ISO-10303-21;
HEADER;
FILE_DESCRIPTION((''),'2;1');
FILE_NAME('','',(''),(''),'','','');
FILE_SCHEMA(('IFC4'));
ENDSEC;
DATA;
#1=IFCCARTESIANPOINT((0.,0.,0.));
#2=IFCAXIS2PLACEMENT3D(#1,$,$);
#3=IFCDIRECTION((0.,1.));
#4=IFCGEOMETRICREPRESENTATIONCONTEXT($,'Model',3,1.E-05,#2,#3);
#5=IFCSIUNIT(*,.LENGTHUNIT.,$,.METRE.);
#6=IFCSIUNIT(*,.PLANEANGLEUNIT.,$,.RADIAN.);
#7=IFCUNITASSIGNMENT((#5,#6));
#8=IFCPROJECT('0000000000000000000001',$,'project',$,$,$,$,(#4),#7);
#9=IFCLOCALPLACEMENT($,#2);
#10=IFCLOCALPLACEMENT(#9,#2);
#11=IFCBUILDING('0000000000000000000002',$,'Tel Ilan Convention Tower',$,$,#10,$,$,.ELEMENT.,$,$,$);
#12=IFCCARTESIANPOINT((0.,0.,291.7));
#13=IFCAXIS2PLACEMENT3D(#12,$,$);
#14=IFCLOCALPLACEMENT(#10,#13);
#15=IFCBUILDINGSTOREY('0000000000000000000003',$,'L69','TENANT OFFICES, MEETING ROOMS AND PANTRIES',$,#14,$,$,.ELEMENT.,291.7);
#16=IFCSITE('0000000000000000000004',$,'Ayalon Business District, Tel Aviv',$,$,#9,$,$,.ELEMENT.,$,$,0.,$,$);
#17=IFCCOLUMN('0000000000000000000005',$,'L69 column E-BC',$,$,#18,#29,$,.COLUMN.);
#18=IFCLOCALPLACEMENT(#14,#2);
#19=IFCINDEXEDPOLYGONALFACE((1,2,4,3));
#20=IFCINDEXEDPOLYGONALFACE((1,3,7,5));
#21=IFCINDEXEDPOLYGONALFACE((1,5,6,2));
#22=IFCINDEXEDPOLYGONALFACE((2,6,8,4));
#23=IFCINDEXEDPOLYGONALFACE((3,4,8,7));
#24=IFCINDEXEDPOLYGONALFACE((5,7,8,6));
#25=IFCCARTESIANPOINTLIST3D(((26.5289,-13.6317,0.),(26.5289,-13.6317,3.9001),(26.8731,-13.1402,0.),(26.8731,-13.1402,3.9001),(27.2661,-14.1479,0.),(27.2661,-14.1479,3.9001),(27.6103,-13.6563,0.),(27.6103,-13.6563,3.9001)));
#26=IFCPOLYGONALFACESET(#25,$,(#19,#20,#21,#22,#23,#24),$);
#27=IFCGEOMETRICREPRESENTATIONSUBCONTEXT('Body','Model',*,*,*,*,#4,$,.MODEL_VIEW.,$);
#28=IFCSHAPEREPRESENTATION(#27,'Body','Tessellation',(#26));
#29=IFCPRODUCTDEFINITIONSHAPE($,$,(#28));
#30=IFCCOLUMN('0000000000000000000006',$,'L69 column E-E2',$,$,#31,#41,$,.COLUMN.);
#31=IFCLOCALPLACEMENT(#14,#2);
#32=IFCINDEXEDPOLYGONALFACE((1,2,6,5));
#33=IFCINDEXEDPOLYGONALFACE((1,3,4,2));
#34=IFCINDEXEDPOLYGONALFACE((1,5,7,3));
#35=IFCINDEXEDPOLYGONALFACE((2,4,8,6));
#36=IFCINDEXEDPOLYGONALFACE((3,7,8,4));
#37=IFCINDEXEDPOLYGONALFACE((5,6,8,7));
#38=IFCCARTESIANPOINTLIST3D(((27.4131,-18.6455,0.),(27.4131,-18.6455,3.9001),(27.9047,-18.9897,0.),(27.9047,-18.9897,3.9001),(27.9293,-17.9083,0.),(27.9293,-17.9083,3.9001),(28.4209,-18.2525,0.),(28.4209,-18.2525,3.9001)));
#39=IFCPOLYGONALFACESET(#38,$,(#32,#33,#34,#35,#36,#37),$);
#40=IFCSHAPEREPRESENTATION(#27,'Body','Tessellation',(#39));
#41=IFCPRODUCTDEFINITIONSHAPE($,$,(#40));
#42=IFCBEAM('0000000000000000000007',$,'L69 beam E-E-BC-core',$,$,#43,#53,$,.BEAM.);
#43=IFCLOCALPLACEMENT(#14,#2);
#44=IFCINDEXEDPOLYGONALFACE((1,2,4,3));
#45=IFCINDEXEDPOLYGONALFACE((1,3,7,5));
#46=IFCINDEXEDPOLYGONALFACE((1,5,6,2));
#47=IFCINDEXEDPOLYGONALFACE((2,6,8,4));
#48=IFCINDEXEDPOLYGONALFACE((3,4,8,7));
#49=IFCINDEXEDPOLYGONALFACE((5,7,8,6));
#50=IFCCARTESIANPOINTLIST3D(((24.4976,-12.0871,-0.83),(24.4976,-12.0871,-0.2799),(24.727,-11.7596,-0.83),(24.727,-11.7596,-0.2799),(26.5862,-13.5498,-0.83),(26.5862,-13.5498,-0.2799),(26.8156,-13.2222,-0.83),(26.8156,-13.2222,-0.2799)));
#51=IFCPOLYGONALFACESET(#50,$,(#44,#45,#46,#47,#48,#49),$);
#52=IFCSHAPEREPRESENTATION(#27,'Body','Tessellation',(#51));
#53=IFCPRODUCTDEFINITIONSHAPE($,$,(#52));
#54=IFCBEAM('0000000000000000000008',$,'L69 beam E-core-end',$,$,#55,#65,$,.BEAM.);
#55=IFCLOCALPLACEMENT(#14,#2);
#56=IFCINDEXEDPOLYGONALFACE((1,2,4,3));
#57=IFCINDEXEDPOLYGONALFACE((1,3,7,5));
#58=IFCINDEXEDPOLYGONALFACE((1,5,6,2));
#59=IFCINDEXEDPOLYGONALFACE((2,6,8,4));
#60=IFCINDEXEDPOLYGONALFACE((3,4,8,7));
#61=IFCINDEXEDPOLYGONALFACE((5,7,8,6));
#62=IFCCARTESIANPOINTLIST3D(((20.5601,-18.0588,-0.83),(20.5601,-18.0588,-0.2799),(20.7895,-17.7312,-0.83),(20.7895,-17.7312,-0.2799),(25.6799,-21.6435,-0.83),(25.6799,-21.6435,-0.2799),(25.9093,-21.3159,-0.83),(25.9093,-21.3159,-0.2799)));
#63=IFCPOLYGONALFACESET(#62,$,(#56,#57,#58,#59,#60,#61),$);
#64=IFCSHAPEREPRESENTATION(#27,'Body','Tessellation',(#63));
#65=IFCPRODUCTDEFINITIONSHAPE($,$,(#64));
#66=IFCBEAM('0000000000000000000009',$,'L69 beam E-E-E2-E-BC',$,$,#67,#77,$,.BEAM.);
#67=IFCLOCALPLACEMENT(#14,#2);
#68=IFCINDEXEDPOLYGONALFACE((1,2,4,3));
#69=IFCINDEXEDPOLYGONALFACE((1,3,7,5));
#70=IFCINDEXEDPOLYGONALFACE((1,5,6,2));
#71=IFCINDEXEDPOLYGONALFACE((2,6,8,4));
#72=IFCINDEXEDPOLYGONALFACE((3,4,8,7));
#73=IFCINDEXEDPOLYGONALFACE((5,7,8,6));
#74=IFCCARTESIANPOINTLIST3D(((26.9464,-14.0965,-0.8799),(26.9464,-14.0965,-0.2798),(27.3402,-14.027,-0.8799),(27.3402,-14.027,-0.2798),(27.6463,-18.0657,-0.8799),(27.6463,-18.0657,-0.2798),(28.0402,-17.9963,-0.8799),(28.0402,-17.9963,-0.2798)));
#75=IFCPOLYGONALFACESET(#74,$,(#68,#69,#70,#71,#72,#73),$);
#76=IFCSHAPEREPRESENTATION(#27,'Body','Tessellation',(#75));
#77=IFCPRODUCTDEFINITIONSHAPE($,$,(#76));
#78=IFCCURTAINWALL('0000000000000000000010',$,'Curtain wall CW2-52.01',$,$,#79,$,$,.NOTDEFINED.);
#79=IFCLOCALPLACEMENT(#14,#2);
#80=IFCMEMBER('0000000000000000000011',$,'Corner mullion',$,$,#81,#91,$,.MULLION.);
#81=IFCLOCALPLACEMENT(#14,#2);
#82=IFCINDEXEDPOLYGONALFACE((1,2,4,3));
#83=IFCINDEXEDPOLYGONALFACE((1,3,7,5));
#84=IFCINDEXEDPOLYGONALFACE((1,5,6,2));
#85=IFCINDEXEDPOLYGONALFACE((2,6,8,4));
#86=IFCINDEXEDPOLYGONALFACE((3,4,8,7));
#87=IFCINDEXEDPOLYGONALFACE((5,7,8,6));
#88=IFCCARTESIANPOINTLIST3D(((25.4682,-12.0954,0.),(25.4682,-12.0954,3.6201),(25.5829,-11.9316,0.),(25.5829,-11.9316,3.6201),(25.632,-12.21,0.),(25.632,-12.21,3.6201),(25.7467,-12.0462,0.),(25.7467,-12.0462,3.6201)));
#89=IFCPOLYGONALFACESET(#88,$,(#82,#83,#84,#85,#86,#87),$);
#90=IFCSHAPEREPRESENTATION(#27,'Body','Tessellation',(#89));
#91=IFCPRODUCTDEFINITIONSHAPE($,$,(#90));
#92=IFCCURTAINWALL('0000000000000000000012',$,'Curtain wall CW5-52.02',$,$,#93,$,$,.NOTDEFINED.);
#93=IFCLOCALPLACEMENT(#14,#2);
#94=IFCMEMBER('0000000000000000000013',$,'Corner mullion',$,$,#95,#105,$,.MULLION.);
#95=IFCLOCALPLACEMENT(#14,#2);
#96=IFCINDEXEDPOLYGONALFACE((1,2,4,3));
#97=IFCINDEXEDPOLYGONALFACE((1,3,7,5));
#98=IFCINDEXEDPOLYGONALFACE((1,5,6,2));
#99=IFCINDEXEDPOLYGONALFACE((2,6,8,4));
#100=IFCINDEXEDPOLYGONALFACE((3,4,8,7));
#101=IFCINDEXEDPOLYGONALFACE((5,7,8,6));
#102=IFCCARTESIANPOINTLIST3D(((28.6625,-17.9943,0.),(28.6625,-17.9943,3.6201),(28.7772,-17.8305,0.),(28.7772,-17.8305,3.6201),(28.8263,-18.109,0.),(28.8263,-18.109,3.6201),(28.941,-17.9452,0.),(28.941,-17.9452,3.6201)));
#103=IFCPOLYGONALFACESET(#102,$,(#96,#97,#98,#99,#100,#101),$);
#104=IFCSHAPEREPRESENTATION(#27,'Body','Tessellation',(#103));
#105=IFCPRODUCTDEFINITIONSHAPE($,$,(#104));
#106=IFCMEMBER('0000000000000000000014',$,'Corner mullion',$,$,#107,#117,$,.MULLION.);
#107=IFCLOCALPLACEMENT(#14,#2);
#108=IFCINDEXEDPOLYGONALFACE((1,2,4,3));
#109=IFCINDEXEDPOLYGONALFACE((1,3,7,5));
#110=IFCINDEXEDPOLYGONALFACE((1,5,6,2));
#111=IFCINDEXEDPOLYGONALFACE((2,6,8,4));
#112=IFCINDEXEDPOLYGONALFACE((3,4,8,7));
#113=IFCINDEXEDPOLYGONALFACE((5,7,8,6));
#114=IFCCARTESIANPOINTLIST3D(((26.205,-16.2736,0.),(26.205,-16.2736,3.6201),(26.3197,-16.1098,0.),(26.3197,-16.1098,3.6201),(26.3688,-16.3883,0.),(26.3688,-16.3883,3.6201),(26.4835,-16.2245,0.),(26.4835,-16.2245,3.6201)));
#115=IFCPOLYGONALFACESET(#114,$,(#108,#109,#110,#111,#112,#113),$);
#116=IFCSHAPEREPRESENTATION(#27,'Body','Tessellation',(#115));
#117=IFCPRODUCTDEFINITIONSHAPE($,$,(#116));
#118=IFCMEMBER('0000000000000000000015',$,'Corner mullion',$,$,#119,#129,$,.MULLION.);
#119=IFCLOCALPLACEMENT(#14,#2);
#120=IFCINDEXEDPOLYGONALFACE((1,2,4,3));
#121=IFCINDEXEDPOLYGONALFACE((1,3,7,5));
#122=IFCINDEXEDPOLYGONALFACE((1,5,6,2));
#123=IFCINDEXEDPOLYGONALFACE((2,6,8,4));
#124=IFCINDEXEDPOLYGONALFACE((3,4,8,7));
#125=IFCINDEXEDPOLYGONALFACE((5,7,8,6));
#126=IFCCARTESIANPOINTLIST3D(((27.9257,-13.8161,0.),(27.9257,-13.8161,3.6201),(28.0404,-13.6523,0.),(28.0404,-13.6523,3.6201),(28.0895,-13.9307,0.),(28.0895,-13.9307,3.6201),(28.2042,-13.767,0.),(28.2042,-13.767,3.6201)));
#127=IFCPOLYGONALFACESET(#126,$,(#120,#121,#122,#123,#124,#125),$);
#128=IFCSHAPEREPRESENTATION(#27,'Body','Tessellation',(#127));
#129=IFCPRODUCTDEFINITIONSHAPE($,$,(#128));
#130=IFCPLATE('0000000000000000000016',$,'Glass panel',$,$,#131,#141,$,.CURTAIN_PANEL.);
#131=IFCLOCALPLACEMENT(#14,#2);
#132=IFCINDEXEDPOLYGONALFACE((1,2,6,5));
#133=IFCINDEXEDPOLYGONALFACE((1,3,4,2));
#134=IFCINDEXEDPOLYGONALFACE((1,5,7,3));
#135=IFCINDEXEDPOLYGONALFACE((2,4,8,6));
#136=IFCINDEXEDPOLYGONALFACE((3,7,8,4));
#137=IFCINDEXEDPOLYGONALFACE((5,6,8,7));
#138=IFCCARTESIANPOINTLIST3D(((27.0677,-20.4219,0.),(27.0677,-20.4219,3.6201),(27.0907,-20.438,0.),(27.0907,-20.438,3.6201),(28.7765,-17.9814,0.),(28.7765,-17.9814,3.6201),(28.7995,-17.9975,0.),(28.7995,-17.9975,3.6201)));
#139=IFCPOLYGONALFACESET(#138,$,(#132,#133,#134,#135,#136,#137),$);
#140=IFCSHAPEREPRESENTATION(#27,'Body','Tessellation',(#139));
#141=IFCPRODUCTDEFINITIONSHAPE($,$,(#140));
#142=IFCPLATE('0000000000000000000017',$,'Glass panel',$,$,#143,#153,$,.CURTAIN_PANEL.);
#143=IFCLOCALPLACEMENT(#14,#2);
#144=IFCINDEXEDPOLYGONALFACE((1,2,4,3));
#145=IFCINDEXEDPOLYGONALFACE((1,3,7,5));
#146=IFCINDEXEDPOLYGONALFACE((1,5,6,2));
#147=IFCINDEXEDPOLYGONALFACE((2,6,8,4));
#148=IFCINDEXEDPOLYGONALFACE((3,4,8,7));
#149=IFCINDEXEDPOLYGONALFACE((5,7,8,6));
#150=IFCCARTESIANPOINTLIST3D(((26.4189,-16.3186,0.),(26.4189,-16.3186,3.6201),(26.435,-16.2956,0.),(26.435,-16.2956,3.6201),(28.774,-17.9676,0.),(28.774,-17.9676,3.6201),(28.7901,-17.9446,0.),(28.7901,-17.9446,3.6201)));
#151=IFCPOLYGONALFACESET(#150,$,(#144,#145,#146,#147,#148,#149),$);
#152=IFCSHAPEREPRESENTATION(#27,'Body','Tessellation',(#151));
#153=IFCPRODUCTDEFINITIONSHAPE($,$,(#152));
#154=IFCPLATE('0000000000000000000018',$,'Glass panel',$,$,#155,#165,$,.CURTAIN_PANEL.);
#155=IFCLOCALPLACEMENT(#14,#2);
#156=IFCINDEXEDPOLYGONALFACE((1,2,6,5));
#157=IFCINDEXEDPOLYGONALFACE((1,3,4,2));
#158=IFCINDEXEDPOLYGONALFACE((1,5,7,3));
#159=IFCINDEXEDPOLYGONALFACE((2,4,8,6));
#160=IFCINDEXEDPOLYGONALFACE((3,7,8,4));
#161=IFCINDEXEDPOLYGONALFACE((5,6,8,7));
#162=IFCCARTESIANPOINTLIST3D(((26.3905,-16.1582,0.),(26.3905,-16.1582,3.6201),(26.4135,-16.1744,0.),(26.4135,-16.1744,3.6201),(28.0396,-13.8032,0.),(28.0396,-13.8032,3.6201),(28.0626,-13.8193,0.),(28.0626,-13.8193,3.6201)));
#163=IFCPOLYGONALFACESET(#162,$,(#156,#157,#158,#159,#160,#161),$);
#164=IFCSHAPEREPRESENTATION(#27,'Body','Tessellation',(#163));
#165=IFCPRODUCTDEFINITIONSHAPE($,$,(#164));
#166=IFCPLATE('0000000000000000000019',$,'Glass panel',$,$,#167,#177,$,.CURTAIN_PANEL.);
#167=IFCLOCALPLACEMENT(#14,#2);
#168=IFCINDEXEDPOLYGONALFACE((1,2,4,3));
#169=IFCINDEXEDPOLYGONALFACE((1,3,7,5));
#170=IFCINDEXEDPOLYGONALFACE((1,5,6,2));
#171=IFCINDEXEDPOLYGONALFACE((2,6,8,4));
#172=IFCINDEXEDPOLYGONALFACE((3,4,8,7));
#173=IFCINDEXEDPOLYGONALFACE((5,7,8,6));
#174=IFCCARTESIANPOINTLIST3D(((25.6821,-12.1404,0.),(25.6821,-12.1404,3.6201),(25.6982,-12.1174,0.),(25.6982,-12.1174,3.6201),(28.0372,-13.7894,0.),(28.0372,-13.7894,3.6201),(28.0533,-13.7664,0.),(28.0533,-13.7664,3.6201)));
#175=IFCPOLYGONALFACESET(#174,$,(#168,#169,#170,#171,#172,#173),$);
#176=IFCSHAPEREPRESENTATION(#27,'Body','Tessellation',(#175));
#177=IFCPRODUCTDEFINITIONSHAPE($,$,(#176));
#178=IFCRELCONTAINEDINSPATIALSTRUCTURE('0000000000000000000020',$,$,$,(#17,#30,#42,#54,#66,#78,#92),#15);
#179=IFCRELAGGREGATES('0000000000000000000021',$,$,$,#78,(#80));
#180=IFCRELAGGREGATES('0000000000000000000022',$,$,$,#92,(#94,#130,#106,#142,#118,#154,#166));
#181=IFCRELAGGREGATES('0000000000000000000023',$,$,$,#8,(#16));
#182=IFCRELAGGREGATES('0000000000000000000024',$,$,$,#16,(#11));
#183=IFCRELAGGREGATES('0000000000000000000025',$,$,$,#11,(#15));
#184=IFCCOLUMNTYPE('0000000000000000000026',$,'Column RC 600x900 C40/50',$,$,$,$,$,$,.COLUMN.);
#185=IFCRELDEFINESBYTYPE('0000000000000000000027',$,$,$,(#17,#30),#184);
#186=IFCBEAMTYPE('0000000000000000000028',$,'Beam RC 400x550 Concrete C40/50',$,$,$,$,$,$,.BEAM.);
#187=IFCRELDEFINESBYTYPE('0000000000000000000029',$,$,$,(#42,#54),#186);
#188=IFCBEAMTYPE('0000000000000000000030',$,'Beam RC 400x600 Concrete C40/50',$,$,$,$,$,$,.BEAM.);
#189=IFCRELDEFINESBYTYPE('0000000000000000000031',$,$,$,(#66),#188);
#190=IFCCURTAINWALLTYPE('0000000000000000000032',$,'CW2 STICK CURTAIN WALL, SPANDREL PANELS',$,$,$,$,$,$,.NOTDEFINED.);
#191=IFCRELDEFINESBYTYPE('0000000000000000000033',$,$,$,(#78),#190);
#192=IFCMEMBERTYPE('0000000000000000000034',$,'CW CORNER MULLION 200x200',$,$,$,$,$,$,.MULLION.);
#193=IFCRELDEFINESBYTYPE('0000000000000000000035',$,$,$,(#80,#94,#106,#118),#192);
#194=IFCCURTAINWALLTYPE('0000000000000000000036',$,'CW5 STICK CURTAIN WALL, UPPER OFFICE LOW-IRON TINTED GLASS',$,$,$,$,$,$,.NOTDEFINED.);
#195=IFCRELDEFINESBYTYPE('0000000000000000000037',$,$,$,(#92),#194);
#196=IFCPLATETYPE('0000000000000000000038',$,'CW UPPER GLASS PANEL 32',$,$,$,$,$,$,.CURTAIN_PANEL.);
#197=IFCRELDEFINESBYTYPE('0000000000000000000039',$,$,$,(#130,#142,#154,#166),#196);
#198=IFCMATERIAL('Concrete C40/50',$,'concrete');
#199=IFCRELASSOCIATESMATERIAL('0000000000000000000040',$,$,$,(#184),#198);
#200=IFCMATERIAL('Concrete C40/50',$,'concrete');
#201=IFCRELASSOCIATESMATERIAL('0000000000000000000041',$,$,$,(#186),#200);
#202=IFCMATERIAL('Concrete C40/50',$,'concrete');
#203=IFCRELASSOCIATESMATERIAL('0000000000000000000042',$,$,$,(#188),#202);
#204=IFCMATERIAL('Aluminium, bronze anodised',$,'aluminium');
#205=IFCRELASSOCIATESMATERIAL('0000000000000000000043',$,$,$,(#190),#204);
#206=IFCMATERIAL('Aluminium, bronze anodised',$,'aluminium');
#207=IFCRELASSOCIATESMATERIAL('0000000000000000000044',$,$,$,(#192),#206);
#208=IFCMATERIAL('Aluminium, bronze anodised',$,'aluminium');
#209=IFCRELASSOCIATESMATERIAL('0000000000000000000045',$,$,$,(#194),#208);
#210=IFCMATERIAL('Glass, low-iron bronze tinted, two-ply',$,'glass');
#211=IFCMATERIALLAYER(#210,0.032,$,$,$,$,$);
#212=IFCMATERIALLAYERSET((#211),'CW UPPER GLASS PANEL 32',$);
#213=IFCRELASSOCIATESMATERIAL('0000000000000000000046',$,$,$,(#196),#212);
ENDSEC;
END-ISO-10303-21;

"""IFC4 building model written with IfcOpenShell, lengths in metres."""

from ifc_helpers import new_model, si_unit, direction, frame, origin, origin_2d, place, context, subcontext, project, spatial, rectangle, extrude, material, layer, layer_set, material_profile, profile_set, type_object, element, aggregate, save


model = new_model("IFC4")

# Units and contexts
model_context = context("Model", 3, precision=1e-05, world=origin(), true_north=direction((0.0, 1.0)))
body_context = subcontext(model_context, "Body", "Model", "MODEL_VIEW")
ifc_project = project(units=[si_unit("LENGTHUNIT", "METRE"), si_unit("PLANEANGLEUNIT", "RADIAN")], contexts=[model_context])

# Site, building, storey
site_placement = place(None, origin())
site = spatial("IfcSite", under=ifc_project, at=site_placement, Name="Ayalon Business District, Tel Aviv", CompositionType="ELEMENT", RefElevation=0.0)
building_placement = place(site_placement, origin())
building = spatial("IfcBuilding", under=site, at=building_placement, Name="Tel Ilan Convention Tower", CompositionType="ELEMENT")
storey_placement = place(building_placement, frame((0.0, 0.0, 291.7)))
storey = spatial("IfcBuildingStorey", under=building, at=storey_placement, Name="L69", Description="TENANT OFFICES, MEETING ROOMS AND PANTRIES", CompositionType="ELEMENT", Elevation=291.7)

# Columns
ifc_material_1 = material(Name="Concrete C40/50", Category="concrete")
ifc_material_profile_1 = material_profile(ifc_material_1, rectangle(XDim=0.8999, YDim=0.6001, at=origin_2d()), Name="RC 600x900")
ifc_profile_set_1 = profile_set([ifc_material_profile_1], Name="Concrete C40/50")
column_type = type_object("IfcColumnType", Name="Column RC 600x900 C40/50", PredefinedType="COLUMN", material=ifc_profile_set_1)
for number, where, z_axis, x_axis, name in (
    (1, (27.0696, -13.644, 0.0), (0.0, 0.0, 1.0), (0.819152, -0.573576, 0.0), "L69 column E-BC"),
    (2, (27.917, -18.449, 0.0), (0.0, 0.0, 1.0), (0.573576, 0.819152, 0.0), "L69 column E-E2"),
):
    element("IfcColumn", number, at=place(storey_placement, frame(where, z_axis=z_axis, x_axis=x_axis)), inside=storey, type_object=column_type, Name=name, PredefinedType="COLUMN", context=body_context, shape_type="SweptSolid", body=[
        extrude(rectangle(XDim=0.8999, YDim=0.6001, at=origin_2d()), origin(), (0.0, 0.0, 1.0), 3.9001),
    ])

# Beams
ifc_material_2 = material(Name="Concrete C40/50", Category="concrete")
ifc_material_profile_2 = material_profile(ifc_material_2, rectangle(XDim=0.3999, YDim=0.55, at=origin_2d()), Name="RC 400x550")
ifc_profile_set_2 = profile_set([ifc_material_profile_2], Name="Concrete C40/50")
beam_type_1 = type_object("IfcBeamType", Name="Beam RC 400x550 Concrete C40/50", PredefinedType="BEAM", material=ifc_profile_set_2)
beam_1_placement = place(storey_placement, frame((26.7009, -13.386, -0.5549), z_axis=(-0.819119, 0.573623, 0.0), x_axis=(-0.573623, -0.819119, 0.0)))
element("IfcBeam", 3, at=beam_1_placement, inside=storey, type_object=beam_type_1, Name="L69 beam E-E-BC-core", PredefinedType="BEAM", context=body_context, shape_type="SweptSolid", body=[
    extrude(rectangle(XDim=0.3999, YDim=0.55, at=origin_2d()), origin(), (0.0, 0.0, 1.0), 2.5498),
])
beam_2_placement = place(storey_placement, frame((20.6748, -17.895, -0.5549), z_axis=(0.819171, -0.573549, 0.0), x_axis=(0.573549, 0.819171, 0.0)))
element("IfcBeam", 4, at=beam_2_placement, inside=storey, type_object=beam_type_1, Name="L69 beam E-core-end", PredefinedType="BEAM", context=body_context, shape_type="SweptSolid", body=[
    extrude(rectangle(XDim=0.3999, YDim=0.55, at=origin_2d()), origin(), (0.0, 0.0, 1.0), 6.25),
])
ifc_material_3 = material(Name="Concrete C40/50", Category="concrete")
ifc_material_profile_3 = material_profile(ifc_material_3, rectangle(XDim=0.3999, YDim=0.6001, at=origin_2d()), Name="RC 400x600")
ifc_profile_set_3 = profile_set([ifc_material_profile_3], Name="Concrete C40/50")
beam_type_2 = type_object("IfcBeamType", Name="Beam RC 400x600 Concrete C40/50", PredefinedType="BEAM", material=ifc_profile_set_3)
beam_3_placement = place(storey_placement, frame((27.8433, -18.031, -0.5798), z_axis=(-0.173664, 0.984805, 0.0), x_axis=(-0.984805, -0.173664, 0.0)))
element("IfcBeam", 5, at=beam_3_placement, inside=storey, type_object=beam_type_2, Name="L69 beam E-E-E2-E-BC", PredefinedType="BEAM", context=body_context, shape_type="SweptSolid", body=[
    extrude(rectangle(XDim=0.3999, YDim=0.6001, at=origin_2d()), origin(), (0.0, 0.0, 1.0), 4.0305),
])

# Curtain wall, member
ifc_material_4 = material(Name="Aluminium, bronze anodised", Category="aluminium")
curtain_wall_type_1 = type_object("IfcCurtainWallType", Name="CW2 STICK CURTAIN WALL, SPANDREL PANELS", PredefinedType="NOTDEFINED", material=ifc_material_4)
curtain_wall_1_placement = place(storey_placement, origin())
curtain_wall_1 = element("IfcCurtainWall", 6, at=curtain_wall_1_placement, inside=storey, type_object=curtain_wall_type_1, Name="Curtain wall CW2-52.01", PredefinedType="NOTDEFINED")
ifc_material_5 = material(Name="Aluminium, bronze anodised", Category="aluminium")
ifc_material_profile_4 = material_profile(ifc_material_5, rectangle(XDim=0.2, YDim=0.2, at=origin_2d()), Name="CW CORNER MULLION 200x200")
ifc_profile_set_4 = profile_set([ifc_material_profile_4], Name="Aluminium, bronze anodised")
member_type = type_object("IfcMemberType", Name="CW CORNER MULLION 200x200", PredefinedType="MULLION", material=ifc_profile_set_4)
member_1_placement = place(storey_placement, frame((25.6074, -12.0708, 0.0), z_axis=(0.0, 0.0, 1.0), x_axis=(-0.819152, 0.573576, 0.0)))
member_1 = element("IfcMember", 7, at=member_1_placement, type_object=member_type, Name="Corner mullion", PredefinedType="MULLION", context=body_context, shape_type="SweptSolid", body=[
    extrude(rectangle(XDim=0.2, YDim=0.2, at=origin_2d()), origin(), (0.0, 0.0, 1.0), 3.6201),
])
aggregate(curtain_wall_1, [member_1])

# Curtain wall, members, plates
ifc_material_6 = material(Name="Aluminium, bronze anodised", Category="aluminium")
curtain_wall_type_2 = type_object("IfcCurtainWallType", Name="CW5 STICK CURTAIN WALL, UPPER OFFICE LOW-IRON TINTED GLASS", PredefinedType="NOTDEFINED", material=ifc_material_6)
curtain_wall_2_placement = place(storey_placement, origin())
curtain_wall_2 = element("IfcCurtainWall", 8, at=curtain_wall_2_placement, inside=storey, type_object=curtain_wall_type_2, Name="Curtain wall CW5-52.02", PredefinedType="NOTDEFINED")
member_2_placement = place(storey_placement, frame((28.8018, -17.9697, 0.0), z_axis=(0.0, 0.0, 1.0), x_axis=(0.573576, 0.819152, 0.0)))
member_2 = element("IfcMember", 9, at=member_2_placement, type_object=member_type, Name="Corner mullion", PredefinedType="MULLION", context=body_context, shape_type="SweptSolid", body=[
    extrude(rectangle(XDim=0.2, YDim=0.2, at=origin_2d()), origin(), (0.0, 0.0, 1.0), 3.6201),
])
member_3_placement = place(storey_placement, frame((26.3442, -16.249, 0.0), z_axis=(0.0, 0.0, 1.0), x_axis=(-0.819152, 0.573576, 0.0)))
member_3 = element("IfcMember", 10, at=member_3_placement, type_object=member_type, Name="Corner mullion", PredefinedType="MULLION", context=body_context, shape_type="SweptSolid", body=[
    extrude(rectangle(XDim=0.2, YDim=0.2, at=origin_2d()), origin(), (0.0, 0.0, 1.0), 3.6201),
])
member_4_placement = place(storey_placement, frame((28.0649, -13.7915, 0.0), z_axis=(0.0, 0.0, 1.0), x_axis=(0.573576, 0.819152, 0.0)))
member_4 = element("IfcMember", 11, at=member_4_placement, type_object=member_type, Name="Corner mullion", PredefinedType="MULLION", context=body_context, shape_type="SweptSolid", body=[
    extrude(rectangle(XDim=0.2, YDim=0.2, at=origin_2d()), origin(), (0.0, 0.0, 1.0), 3.6201),
])
ifc_material_7 = material(Name="Glass, low-iron bronze tinted, two-ply", Category="glass")
ifc_layer_1 = layer(ifc_material_7, 0.032)
ifc_layer_set_1 = layer_set([ifc_layer_1], Name="CW UPPER GLASS PANEL 32")
plate_type = type_object("IfcPlateType", Name="CW UPPER GLASS PANEL 32", PredefinedType="CURTAIN_PANEL", material=ifc_layer_set_1)
plate_1_placement = place(storey_placement, frame((27.9336, -19.2097, 0.0), z_axis=(0.0, 0.0, 1.0), x_axis=(0.573576, 0.819152, 0.0)))
plate_1 = element("IfcPlate", 12, at=plate_1_placement, type_object=plate_type, Name="Glass panel", PredefinedType="CURTAIN_PANEL", context=body_context, shape_type="SweptSolid", body=[
    extrude(rectangle(XDim=2.9792, YDim=0.0281, at=origin_2d()), origin(), (0.0, 0.0, 1.0), 3.6201),
])
plate_2_placement = place(storey_placement, frame((27.6045, -17.1316, 0.0), z_axis=(0.0, 0.0, 1.0), x_axis=(-0.819152, 0.573576, 0.0)))
plate_2 = element("IfcPlate", 13, at=plate_2_placement, type_object=plate_type, Name="Glass panel", PredefinedType="CURTAIN_PANEL", context=body_context, shape_type="SweptSolid", body=[
    extrude(rectangle(XDim=2.875, YDim=0.0281, at=origin_2d()), origin(), (0.0, 0.0, 1.0), 3.6201),
])
plate_3_placement = place(storey_placement, frame((27.2266, -14.9888, 0.0), z_axis=(0.0, 0.0, 1.0), x_axis=(0.573576, 0.819152, 0.0)))
plate_3 = element("IfcPlate", 14, at=plate_3_placement, type_object=plate_type, Name="Glass panel", PredefinedType="CURTAIN_PANEL", context=body_context, shape_type="SweptSolid", body=[
    extrude(rectangle(XDim=2.875, YDim=0.0281, at=origin_2d()), origin(), (0.0, 0.0, 1.0), 3.6201),
])
plate_4_placement = place(storey_placement, frame((26.8677, -12.9534, 0.0), z_axis=(0.0, 0.0, 1.0), x_axis=(-0.819152, 0.573576, 0.0)))
plate_4 = element("IfcPlate", 15, at=plate_4_placement, type_object=plate_type, Name="Glass panel", PredefinedType="CURTAIN_PANEL", context=body_context, shape_type="SweptSolid", body=[
    extrude(rectangle(XDim=2.875, YDim=0.0281, at=origin_2d()), origin(), (0.0, 0.0, 1.0), 3.6201),
])
aggregate(curtain_wall_2, [member_2, plate_1, member_3, plate_2, member_4, plate_3, plate_4])

save(model, "model.ifc")
